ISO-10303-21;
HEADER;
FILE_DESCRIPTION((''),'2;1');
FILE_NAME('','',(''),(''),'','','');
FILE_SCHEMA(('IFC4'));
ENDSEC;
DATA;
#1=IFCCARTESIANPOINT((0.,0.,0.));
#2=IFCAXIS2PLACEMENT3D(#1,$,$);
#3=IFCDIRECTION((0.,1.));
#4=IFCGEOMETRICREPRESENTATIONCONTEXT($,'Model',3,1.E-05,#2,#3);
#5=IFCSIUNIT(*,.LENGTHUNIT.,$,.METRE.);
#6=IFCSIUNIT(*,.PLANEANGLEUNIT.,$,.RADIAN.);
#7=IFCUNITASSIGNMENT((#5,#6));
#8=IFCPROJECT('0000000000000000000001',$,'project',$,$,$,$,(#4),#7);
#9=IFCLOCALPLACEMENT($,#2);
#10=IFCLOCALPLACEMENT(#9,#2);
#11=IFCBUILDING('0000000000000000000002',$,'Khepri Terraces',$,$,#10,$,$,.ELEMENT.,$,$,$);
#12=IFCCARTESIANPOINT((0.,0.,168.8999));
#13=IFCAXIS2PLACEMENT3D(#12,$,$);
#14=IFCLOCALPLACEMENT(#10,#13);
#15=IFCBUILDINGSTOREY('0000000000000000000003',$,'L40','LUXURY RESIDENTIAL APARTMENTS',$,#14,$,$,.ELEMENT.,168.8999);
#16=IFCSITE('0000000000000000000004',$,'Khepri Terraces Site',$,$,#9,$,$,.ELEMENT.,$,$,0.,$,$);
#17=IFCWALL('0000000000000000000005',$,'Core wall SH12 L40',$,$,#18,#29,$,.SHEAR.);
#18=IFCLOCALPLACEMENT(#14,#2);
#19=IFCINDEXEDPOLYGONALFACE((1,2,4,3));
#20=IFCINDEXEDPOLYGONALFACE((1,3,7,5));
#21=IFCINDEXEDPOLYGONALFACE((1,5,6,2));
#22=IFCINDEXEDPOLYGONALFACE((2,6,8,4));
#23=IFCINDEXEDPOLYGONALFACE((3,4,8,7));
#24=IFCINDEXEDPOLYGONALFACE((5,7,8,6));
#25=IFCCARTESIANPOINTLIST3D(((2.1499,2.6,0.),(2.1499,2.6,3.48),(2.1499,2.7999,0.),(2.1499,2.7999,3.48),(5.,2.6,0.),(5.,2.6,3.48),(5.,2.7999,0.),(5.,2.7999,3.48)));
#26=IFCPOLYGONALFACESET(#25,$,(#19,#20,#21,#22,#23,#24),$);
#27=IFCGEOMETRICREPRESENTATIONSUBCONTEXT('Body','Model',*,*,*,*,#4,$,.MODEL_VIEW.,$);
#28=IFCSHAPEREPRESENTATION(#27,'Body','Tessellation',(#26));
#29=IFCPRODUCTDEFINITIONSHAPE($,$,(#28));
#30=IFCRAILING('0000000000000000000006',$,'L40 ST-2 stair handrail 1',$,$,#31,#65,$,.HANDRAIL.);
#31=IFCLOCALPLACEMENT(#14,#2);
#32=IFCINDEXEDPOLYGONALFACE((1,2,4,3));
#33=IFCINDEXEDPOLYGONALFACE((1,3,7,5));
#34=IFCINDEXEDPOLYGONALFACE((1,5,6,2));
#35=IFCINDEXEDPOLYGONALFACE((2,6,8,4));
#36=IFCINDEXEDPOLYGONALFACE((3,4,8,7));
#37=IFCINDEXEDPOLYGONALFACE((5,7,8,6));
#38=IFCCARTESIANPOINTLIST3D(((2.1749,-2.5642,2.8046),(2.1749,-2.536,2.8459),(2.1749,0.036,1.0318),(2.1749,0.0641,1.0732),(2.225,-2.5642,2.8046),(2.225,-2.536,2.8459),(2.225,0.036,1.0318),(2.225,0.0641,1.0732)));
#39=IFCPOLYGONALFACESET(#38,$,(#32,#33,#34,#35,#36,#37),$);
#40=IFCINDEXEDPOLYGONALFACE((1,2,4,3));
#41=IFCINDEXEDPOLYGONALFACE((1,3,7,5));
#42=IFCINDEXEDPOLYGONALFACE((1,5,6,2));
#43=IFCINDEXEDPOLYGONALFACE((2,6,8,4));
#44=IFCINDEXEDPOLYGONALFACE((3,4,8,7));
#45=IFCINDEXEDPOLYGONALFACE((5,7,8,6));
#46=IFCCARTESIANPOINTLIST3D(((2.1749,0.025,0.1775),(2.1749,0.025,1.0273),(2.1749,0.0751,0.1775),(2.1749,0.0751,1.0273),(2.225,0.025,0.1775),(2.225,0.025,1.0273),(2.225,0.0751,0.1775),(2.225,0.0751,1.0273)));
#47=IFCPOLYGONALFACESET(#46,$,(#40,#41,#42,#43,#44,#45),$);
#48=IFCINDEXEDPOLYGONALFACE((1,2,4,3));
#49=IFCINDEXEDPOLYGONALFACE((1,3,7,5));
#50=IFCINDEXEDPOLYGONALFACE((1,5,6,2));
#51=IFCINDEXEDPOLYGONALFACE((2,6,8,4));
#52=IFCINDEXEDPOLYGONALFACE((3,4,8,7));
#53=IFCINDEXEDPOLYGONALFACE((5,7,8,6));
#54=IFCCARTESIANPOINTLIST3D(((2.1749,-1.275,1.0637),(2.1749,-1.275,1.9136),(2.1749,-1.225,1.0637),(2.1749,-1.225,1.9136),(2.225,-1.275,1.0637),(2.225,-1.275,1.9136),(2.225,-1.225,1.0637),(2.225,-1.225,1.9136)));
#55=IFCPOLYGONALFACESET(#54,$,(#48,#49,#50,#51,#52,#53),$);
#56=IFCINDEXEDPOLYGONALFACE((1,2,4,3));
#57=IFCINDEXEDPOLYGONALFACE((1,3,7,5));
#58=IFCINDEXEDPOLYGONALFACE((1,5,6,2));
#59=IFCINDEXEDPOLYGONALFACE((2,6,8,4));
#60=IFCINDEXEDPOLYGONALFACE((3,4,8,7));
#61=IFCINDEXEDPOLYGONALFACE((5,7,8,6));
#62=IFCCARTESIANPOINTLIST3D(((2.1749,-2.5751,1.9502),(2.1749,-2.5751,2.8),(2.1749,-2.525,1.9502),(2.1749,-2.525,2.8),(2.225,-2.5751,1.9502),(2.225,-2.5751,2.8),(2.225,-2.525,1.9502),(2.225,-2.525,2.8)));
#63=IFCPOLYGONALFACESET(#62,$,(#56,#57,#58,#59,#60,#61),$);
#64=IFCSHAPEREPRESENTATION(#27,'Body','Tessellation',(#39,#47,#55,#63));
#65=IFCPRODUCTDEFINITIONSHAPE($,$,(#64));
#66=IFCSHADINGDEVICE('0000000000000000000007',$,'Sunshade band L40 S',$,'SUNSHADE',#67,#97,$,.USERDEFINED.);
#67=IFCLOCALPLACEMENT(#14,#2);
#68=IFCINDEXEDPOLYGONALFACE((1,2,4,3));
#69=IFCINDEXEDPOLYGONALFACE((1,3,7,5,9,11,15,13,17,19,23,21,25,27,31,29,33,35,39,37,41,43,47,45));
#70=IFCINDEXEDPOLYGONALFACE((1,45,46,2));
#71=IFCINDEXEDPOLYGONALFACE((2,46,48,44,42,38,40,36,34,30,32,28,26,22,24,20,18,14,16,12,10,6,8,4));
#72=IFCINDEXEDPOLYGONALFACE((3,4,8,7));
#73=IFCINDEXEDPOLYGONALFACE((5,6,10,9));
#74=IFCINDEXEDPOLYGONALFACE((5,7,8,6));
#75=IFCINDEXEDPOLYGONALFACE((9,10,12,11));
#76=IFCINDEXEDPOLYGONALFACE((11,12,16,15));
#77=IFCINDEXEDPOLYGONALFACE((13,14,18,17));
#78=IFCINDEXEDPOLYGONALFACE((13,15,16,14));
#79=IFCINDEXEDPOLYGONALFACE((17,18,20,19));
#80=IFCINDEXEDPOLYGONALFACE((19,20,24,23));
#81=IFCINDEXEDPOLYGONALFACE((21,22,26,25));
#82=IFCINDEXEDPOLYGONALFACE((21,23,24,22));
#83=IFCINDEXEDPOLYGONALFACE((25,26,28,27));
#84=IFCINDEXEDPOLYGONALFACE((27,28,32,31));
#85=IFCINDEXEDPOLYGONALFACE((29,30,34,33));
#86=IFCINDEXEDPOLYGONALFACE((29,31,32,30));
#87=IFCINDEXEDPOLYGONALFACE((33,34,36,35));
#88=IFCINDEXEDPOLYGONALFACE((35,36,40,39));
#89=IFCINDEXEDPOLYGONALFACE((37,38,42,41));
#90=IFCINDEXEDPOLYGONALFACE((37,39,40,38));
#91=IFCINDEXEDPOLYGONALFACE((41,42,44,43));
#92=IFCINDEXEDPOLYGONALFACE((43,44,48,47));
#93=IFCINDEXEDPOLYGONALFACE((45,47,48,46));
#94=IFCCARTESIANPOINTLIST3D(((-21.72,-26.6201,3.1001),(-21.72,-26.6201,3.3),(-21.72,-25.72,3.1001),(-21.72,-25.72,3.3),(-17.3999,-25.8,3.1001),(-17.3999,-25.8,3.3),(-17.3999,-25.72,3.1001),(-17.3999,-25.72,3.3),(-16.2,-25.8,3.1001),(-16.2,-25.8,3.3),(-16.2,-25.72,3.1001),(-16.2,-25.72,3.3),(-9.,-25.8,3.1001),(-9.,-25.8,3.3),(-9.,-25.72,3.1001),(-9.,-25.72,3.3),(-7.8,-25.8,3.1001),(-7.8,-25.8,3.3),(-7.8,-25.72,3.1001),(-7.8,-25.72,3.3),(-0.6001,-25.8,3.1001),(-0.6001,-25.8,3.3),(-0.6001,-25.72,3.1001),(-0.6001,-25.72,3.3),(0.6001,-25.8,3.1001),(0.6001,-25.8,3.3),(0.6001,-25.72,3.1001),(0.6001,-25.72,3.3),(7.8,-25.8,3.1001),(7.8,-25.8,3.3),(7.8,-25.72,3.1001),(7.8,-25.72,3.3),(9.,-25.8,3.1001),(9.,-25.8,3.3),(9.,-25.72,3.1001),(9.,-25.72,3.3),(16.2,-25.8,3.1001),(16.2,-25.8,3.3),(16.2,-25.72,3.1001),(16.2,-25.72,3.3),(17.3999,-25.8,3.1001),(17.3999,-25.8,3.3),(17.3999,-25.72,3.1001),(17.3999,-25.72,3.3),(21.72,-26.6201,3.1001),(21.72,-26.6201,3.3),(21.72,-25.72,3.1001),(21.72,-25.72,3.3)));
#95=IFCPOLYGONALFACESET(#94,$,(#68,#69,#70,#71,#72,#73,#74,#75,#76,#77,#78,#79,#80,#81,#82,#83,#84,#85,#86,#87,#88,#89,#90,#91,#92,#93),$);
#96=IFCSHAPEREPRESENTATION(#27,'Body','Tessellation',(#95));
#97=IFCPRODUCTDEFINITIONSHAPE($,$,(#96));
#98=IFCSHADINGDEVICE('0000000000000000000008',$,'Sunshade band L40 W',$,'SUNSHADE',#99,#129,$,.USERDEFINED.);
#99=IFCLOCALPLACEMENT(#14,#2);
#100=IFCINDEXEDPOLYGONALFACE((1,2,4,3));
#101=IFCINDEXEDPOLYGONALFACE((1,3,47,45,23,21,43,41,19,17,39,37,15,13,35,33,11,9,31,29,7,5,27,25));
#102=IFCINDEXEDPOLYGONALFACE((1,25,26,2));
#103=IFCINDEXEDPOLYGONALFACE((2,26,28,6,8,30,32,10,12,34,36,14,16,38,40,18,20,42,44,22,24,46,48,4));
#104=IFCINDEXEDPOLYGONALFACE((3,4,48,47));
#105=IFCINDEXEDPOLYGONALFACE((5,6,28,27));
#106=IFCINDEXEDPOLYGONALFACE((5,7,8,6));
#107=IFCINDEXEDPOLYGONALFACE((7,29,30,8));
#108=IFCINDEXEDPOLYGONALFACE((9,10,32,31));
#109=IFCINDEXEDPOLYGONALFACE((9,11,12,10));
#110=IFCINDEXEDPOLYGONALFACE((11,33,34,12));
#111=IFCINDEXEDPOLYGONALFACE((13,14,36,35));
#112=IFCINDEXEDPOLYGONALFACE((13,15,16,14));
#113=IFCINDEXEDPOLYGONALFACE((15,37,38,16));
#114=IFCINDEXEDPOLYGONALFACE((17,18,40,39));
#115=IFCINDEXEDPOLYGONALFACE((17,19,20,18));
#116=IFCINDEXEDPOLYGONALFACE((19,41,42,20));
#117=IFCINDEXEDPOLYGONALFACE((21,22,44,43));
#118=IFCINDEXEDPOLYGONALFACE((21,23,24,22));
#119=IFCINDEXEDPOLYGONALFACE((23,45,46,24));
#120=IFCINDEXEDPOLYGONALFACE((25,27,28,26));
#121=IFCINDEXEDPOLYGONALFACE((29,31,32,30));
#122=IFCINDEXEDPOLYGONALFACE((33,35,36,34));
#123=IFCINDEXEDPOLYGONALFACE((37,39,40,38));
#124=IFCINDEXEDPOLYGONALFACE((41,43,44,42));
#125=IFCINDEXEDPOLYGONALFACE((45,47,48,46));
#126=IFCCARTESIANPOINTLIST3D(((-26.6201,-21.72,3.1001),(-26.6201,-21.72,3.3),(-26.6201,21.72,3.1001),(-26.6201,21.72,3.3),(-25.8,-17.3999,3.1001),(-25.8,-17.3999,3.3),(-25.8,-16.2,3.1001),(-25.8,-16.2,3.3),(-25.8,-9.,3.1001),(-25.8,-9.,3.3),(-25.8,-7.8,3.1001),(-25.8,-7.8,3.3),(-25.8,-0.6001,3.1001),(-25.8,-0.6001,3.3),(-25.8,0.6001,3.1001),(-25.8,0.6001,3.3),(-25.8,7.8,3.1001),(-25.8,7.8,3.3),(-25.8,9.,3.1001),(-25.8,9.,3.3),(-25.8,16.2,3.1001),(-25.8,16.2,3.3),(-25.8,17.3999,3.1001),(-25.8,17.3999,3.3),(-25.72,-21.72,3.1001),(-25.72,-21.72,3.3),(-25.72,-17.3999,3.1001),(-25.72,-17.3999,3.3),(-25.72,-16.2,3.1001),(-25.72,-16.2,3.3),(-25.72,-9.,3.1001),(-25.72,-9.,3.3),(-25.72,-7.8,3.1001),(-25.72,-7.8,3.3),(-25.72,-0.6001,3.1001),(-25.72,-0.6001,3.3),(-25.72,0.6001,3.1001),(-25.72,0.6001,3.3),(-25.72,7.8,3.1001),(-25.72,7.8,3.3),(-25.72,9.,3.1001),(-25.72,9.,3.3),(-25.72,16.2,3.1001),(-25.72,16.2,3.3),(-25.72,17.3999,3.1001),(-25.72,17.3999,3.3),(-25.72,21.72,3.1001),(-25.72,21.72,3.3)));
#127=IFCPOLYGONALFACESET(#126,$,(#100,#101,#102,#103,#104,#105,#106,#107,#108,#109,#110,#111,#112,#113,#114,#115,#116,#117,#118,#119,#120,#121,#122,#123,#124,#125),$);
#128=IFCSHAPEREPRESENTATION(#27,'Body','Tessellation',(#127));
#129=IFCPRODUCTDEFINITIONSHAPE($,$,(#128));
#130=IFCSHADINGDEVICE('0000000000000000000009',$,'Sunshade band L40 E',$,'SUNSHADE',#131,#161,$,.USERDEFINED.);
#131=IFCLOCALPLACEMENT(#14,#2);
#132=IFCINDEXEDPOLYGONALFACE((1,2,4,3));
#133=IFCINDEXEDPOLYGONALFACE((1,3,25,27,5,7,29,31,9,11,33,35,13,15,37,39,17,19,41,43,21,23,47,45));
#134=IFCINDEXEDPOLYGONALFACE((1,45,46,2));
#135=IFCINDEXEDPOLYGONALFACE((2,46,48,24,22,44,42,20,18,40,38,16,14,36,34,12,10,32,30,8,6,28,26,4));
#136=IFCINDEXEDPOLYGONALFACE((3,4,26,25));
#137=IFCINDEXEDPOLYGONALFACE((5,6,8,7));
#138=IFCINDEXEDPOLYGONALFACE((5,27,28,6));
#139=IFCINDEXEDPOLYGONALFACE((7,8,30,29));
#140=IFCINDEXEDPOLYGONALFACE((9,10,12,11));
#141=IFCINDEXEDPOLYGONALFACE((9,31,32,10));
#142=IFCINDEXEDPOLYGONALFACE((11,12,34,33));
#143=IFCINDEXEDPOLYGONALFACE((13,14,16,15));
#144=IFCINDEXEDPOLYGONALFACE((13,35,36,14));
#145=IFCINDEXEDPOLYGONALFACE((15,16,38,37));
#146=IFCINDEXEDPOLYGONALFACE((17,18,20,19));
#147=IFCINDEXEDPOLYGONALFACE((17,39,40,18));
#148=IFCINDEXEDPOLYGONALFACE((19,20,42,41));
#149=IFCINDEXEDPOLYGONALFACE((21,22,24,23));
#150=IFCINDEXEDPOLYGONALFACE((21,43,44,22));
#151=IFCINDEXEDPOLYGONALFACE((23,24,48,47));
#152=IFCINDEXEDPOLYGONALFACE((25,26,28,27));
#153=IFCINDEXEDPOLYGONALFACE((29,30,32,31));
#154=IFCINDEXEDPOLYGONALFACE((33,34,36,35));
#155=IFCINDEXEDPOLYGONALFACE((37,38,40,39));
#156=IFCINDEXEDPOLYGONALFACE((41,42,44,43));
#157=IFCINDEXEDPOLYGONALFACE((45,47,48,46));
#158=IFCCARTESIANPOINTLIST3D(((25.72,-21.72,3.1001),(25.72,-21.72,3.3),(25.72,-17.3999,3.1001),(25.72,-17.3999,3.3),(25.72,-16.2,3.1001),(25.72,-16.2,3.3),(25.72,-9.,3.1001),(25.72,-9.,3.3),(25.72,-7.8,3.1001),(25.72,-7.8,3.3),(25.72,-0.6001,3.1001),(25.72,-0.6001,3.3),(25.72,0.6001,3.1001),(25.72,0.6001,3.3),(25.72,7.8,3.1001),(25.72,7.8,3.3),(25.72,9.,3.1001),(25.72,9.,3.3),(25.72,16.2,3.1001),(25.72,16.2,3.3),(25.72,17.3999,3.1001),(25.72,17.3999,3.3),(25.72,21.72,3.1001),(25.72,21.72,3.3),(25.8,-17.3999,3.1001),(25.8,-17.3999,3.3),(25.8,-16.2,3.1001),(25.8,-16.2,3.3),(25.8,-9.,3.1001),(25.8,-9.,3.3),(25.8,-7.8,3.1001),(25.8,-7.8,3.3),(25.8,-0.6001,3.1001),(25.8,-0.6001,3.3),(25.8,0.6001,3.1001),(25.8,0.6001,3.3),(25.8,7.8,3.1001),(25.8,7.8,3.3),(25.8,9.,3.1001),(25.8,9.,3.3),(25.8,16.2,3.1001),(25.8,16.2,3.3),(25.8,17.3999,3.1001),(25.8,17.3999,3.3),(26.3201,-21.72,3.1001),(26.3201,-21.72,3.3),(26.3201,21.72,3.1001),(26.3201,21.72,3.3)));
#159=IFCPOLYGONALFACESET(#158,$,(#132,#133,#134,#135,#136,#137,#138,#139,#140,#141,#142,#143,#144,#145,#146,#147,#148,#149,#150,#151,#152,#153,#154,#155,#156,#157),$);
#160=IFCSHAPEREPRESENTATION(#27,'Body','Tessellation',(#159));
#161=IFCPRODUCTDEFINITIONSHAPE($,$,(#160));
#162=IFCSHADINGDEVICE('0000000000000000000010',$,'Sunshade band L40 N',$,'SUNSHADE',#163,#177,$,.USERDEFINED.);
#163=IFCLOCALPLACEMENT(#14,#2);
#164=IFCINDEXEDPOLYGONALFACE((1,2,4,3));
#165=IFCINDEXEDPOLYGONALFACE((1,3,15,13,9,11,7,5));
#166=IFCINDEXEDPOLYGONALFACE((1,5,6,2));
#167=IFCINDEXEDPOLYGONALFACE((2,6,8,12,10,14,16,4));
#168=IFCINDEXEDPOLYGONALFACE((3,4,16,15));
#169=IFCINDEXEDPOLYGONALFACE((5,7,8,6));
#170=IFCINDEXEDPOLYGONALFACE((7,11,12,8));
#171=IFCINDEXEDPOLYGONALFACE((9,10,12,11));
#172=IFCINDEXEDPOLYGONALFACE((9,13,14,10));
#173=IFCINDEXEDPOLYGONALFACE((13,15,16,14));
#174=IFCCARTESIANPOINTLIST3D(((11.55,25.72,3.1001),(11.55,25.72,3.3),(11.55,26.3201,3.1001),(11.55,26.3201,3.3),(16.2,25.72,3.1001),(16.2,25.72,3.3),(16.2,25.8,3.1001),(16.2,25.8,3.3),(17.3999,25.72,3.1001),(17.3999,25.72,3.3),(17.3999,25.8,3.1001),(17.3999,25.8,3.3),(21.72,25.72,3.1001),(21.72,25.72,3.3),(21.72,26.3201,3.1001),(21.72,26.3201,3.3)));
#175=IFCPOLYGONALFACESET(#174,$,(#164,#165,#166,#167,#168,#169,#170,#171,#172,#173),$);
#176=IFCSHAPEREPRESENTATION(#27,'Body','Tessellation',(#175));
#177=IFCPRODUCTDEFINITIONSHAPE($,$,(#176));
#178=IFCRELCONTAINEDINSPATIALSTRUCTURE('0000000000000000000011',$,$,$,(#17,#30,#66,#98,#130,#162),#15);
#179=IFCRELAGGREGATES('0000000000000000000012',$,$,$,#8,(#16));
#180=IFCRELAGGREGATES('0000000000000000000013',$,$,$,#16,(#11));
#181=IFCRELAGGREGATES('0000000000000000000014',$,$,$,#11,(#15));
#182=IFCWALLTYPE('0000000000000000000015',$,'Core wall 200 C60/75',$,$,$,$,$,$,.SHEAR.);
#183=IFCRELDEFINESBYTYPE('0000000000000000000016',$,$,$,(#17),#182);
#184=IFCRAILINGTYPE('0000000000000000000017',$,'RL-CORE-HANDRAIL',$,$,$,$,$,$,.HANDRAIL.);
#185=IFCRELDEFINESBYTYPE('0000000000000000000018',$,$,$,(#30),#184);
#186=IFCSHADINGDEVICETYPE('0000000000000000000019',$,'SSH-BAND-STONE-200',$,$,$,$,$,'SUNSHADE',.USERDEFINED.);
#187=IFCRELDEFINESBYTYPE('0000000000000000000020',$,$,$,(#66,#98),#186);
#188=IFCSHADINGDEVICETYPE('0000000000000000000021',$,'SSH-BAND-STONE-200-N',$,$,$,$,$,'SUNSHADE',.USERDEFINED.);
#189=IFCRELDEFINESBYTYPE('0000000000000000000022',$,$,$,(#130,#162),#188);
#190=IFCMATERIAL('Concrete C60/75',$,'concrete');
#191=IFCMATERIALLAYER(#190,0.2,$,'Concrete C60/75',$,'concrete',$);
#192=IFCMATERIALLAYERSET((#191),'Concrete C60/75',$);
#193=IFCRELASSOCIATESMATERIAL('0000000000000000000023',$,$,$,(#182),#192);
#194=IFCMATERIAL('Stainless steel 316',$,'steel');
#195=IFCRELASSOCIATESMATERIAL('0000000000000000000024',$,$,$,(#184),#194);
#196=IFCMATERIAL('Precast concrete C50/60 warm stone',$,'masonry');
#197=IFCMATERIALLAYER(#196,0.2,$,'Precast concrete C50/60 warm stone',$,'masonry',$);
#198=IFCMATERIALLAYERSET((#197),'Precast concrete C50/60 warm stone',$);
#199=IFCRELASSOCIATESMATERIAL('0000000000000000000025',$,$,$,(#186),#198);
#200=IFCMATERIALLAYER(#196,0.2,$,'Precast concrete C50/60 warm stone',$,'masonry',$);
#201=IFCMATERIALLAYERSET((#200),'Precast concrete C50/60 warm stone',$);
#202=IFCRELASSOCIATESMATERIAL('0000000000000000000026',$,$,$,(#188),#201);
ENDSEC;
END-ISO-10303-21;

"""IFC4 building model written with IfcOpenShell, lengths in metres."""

from ifc_helpers import new_model, si_unit, direction, frame, frame_2d, origin, origin_2d, place, context, subcontext, project, spatial, polyline, rectangle, outline, extrude, material, layer, layer_set, type_object, element, save


model = new_model("IFC4")

# Units and contexts
model_context = context("Model", 3, precision=1e-05, world=origin(), true_north=direction((0.0, 1.0)))
body_context = subcontext(model_context, "Body", "Model", "MODEL_VIEW")
ifc_project = project(units=[si_unit("LENGTHUNIT", "METRE"), si_unit("PLANEANGLEUNIT", "RADIAN")], contexts=[model_context])

# Site, building, storey
site_placement = place(None, origin())
site = spatial("IfcSite", under=ifc_project, at=site_placement, Name="Khepri Terraces Site", CompositionType="ELEMENT", RefElevation=0.0)
building_placement = place(site_placement, origin())
building = spatial("IfcBuilding", under=site, at=building_placement, Name="Khepri Terraces", CompositionType="ELEMENT")
storey_placement = place(building_placement, frame((0.0, 0.0, 168.8999)))
storey = spatial("IfcBuildingStorey", under=building, at=storey_placement, Name="L40", Description="LUXURY RESIDENTIAL APARTMENTS", CompositionType="ELEMENT", Elevation=168.8999)

# Shared definitions
ifc_material_1 = material(Name="Precast concrete C50/60 warm stone", Category="masonry")

# Shared definitions
ifc_material_2 = material(Name="Concrete C60/75", Category="concrete")
ifc_layer_1 = layer(ifc_material_2, 0.2, Name="Concrete C60/75", Category="concrete")
ifc_layer_set_1 = layer_set([ifc_layer_1], Name="Concrete C60/75")
wall_type = type_object("IfcWallType", Name="Core wall 200 C60/75", PredefinedType="SHEAR", material=ifc_layer_set_1)

# Wall
wall_1_placement = place(storey_placement, frame((2.1499, 2.7, 0.0), z_axis=(0.0, 0.0, 1.0), x_axis=(1.0, 0.0, 0.0)))
element("IfcWall", 1, at=wall_1_placement, inside=storey, type_object=wall_type, Name="Core wall SH12 L40", PredefinedType="SHEAR", context=body_context, shape_type="SweptSolid", body=[
    extrude(rectangle(XDim=2.8501, YDim=0.2, at=frame_2d((1.425, 0.0))), origin(), (0.0, 0.0, 1.0), 3.48),
])

# Railing
ifc_material_3 = material(Name="Stainless steel 316", Category="steel")
railing_type = type_object("IfcRailingType", Name="RL-CORE-HANDRAIL", PredefinedType="HANDRAIL", material=ifc_material_3)
railing_placement = place(storey_placement, frame((2.2, 0.05, 0.1775)))
element("IfcRailing", 2, at=railing_placement, inside=storey, type_object=railing_type, Name="L40 ST-2 stair handrail 1", PredefinedType="HANDRAIL", context=body_context, shape_type="SweptSolid", body=[
    extrude(rectangle(XDim=0.05, YDim=0.05, at=origin_2d()), frame((0.0, 0.0, 0.875), z_axis=(0.0, -0.82624, 0.563318), x_axis=(1.0, 0.0, 0.0)), (0.0, 0.0, 1.0), 3.147),
    extrude(rectangle(XDim=0.05, YDim=0.05, at=origin_2d()), origin(), (0.0, 0.0, 1.0), 0.8499),
    extrude(rectangle(XDim=0.05, YDim=0.05, at=origin_2d()), frame((0.0, -1.3, 0.8862)), (0.0, 0.0, 1.0), 0.8499),
    extrude(rectangle(XDim=0.05, YDim=0.05, at=origin_2d()), frame((0.0, -2.6001, 1.7727)), (0.0, 0.0, 1.0), 0.8499),
])

# Shading devices
ifc_layer_2 = layer(ifc_material_1, 0.2, Name="Precast concrete C50/60 warm stone", Category="masonry")
ifc_layer_set_2 = layer_set([ifc_layer_2], Name="Precast concrete C50/60 warm stone")
shading_device_type_1 = type_object("IfcShadingDeviceType", Name="SSH-BAND-STONE-200", ElementType="SUNSHADE", PredefinedType="USERDEFINED", material=ifc_layer_set_2)
shading_device_1_placement = place(storey_placement, frame((0.0, 0.0, 3.1001)))
element("IfcShadingDevice", 3, at=shading_device_1_placement, inside=storey, type_object=shading_device_type_1, Name="Sunshade band L40 S", ObjectType="SUNSHADE", PredefinedType="USERDEFINED", context=body_context, shape_type="SweptSolid", body=[
    extrude(outline(polyline([(-17.3999, -25.72), (-21.72, -25.72), (-21.72, -26.6201), (21.72, -26.6201), (21.72, -25.72), (17.3999, -25.72), (17.3999, -25.8), (16.2, -25.8), (16.2, -25.72), (9.0, -25.72), (9.0, -25.8), (7.8, -25.8), (7.8, -25.72), (0.6001, -25.72), (0.6001, -25.8), (-0.6001, -25.8), (-0.6001, -25.72), (-7.8, -25.72), (-7.8, -25.8), (-9.0, -25.8), (-9.0, -25.72), (-16.2, -25.72), (-16.2, -25.8), (-17.3999, -25.8), (-17.3999, -25.72)])), origin(), (0.0, 0.0, 1.0), 0.2),
])
shading_device_2_placement = place(storey_placement, frame((0.0, 0.0, 3.1001)))
element("IfcShadingDevice", 4, at=shading_device_2_placement, inside=storey, type_object=shading_device_type_1, Name="Sunshade band L40 W", ObjectType="SUNSHADE", PredefinedType="USERDEFINED", context=body_context, shape_type="SweptSolid", body=[
    extrude(outline(polyline([(-25.72, 17.3999), (-25.72, 21.72), (-26.6201, 21.72), (-26.6201, -21.72), (-25.72, -21.72), (-25.72, -17.3999), (-25.8, -17.3999), (-25.8, -16.2), (-25.72, -16.2), (-25.72, -9.0), (-25.8, -9.0), (-25.8, -7.8), (-25.72, -7.8), (-25.72, -0.6001), (-25.8, -0.6001), (-25.8, 0.6001), (-25.72, 0.6001), (-25.72, 7.8), (-25.8, 7.8), (-25.8, 9.0), (-25.72, 9.0), (-25.72, 16.2), (-25.8, 16.2), (-25.8, 17.3999), (-25.72, 17.3999)])), origin(), (0.0, 0.0, 1.0), 0.2),
])
ifc_layer_3 = layer(ifc_material_1, 0.2, Name="Precast concrete C50/60 warm stone", Category="masonry")
ifc_layer_set_3 = layer_set([ifc_layer_3], Name="Precast concrete C50/60 warm stone")
shading_device_type_2 = type_object("IfcShadingDeviceType", Name="SSH-BAND-STONE-200-N", ElementType="SUNSHADE", PredefinedType="USERDEFINED", material=ifc_layer_set_3)
shading_device_3_placement = place(storey_placement, frame((0.0, 0.0, 3.1001)))
element("IfcShadingDevice", 5, at=shading_device_3_placement, inside=storey, type_object=shading_device_type_2, Name="Sunshade band L40 E", ObjectType="SUNSHADE", PredefinedType="USERDEFINED", context=body_context, shape_type="SweptSolid", body=[
    extrude(outline(polyline([(25.72, -17.3999), (25.72, -21.72), (26.3201, -21.72), (26.3201, 21.72), (25.72, 21.72), (25.72, 17.3999), (25.8, 17.3999), (25.8, 16.2), (25.72, 16.2), (25.72, 9.0), (25.8, 9.0), (25.8, 7.8), (25.72, 7.8), (25.72, 0.6001), (25.8, 0.6001), (25.8, -0.6001), (25.72, -0.6001), (25.72, -7.8), (25.8, -7.8), (25.8, -9.0), (25.72, -9.0), (25.72, -16.2), (25.8, -16.2), (25.8, -17.3999), (25.72, -17.3999)])), origin(), (0.0, 0.0, 1.0), 0.2),
])
shading_device_4_placement = place(storey_placement, frame((0.0, 0.0, 3.1001)))
element("IfcShadingDevice", 6, at=shading_device_4_placement, inside=storey, type_object=shading_device_type_2, Name="Sunshade band L40 N", ObjectType="SUNSHADE", PredefinedType="USERDEFINED", context=body_context, shape_type="SweptSolid", body=[
    extrude(outline(polyline([(17.3999, 25.72), (21.72, 25.72), (21.72, 26.3201), (11.55, 26.3201), (11.55, 25.72), (16.2, 25.72), (16.2, 25.8), (17.3999, 25.8), (17.3999, 25.72)])), origin(), (0.0, 0.0, 1.0), 0.2),
])

save(model, "model.ifc")
